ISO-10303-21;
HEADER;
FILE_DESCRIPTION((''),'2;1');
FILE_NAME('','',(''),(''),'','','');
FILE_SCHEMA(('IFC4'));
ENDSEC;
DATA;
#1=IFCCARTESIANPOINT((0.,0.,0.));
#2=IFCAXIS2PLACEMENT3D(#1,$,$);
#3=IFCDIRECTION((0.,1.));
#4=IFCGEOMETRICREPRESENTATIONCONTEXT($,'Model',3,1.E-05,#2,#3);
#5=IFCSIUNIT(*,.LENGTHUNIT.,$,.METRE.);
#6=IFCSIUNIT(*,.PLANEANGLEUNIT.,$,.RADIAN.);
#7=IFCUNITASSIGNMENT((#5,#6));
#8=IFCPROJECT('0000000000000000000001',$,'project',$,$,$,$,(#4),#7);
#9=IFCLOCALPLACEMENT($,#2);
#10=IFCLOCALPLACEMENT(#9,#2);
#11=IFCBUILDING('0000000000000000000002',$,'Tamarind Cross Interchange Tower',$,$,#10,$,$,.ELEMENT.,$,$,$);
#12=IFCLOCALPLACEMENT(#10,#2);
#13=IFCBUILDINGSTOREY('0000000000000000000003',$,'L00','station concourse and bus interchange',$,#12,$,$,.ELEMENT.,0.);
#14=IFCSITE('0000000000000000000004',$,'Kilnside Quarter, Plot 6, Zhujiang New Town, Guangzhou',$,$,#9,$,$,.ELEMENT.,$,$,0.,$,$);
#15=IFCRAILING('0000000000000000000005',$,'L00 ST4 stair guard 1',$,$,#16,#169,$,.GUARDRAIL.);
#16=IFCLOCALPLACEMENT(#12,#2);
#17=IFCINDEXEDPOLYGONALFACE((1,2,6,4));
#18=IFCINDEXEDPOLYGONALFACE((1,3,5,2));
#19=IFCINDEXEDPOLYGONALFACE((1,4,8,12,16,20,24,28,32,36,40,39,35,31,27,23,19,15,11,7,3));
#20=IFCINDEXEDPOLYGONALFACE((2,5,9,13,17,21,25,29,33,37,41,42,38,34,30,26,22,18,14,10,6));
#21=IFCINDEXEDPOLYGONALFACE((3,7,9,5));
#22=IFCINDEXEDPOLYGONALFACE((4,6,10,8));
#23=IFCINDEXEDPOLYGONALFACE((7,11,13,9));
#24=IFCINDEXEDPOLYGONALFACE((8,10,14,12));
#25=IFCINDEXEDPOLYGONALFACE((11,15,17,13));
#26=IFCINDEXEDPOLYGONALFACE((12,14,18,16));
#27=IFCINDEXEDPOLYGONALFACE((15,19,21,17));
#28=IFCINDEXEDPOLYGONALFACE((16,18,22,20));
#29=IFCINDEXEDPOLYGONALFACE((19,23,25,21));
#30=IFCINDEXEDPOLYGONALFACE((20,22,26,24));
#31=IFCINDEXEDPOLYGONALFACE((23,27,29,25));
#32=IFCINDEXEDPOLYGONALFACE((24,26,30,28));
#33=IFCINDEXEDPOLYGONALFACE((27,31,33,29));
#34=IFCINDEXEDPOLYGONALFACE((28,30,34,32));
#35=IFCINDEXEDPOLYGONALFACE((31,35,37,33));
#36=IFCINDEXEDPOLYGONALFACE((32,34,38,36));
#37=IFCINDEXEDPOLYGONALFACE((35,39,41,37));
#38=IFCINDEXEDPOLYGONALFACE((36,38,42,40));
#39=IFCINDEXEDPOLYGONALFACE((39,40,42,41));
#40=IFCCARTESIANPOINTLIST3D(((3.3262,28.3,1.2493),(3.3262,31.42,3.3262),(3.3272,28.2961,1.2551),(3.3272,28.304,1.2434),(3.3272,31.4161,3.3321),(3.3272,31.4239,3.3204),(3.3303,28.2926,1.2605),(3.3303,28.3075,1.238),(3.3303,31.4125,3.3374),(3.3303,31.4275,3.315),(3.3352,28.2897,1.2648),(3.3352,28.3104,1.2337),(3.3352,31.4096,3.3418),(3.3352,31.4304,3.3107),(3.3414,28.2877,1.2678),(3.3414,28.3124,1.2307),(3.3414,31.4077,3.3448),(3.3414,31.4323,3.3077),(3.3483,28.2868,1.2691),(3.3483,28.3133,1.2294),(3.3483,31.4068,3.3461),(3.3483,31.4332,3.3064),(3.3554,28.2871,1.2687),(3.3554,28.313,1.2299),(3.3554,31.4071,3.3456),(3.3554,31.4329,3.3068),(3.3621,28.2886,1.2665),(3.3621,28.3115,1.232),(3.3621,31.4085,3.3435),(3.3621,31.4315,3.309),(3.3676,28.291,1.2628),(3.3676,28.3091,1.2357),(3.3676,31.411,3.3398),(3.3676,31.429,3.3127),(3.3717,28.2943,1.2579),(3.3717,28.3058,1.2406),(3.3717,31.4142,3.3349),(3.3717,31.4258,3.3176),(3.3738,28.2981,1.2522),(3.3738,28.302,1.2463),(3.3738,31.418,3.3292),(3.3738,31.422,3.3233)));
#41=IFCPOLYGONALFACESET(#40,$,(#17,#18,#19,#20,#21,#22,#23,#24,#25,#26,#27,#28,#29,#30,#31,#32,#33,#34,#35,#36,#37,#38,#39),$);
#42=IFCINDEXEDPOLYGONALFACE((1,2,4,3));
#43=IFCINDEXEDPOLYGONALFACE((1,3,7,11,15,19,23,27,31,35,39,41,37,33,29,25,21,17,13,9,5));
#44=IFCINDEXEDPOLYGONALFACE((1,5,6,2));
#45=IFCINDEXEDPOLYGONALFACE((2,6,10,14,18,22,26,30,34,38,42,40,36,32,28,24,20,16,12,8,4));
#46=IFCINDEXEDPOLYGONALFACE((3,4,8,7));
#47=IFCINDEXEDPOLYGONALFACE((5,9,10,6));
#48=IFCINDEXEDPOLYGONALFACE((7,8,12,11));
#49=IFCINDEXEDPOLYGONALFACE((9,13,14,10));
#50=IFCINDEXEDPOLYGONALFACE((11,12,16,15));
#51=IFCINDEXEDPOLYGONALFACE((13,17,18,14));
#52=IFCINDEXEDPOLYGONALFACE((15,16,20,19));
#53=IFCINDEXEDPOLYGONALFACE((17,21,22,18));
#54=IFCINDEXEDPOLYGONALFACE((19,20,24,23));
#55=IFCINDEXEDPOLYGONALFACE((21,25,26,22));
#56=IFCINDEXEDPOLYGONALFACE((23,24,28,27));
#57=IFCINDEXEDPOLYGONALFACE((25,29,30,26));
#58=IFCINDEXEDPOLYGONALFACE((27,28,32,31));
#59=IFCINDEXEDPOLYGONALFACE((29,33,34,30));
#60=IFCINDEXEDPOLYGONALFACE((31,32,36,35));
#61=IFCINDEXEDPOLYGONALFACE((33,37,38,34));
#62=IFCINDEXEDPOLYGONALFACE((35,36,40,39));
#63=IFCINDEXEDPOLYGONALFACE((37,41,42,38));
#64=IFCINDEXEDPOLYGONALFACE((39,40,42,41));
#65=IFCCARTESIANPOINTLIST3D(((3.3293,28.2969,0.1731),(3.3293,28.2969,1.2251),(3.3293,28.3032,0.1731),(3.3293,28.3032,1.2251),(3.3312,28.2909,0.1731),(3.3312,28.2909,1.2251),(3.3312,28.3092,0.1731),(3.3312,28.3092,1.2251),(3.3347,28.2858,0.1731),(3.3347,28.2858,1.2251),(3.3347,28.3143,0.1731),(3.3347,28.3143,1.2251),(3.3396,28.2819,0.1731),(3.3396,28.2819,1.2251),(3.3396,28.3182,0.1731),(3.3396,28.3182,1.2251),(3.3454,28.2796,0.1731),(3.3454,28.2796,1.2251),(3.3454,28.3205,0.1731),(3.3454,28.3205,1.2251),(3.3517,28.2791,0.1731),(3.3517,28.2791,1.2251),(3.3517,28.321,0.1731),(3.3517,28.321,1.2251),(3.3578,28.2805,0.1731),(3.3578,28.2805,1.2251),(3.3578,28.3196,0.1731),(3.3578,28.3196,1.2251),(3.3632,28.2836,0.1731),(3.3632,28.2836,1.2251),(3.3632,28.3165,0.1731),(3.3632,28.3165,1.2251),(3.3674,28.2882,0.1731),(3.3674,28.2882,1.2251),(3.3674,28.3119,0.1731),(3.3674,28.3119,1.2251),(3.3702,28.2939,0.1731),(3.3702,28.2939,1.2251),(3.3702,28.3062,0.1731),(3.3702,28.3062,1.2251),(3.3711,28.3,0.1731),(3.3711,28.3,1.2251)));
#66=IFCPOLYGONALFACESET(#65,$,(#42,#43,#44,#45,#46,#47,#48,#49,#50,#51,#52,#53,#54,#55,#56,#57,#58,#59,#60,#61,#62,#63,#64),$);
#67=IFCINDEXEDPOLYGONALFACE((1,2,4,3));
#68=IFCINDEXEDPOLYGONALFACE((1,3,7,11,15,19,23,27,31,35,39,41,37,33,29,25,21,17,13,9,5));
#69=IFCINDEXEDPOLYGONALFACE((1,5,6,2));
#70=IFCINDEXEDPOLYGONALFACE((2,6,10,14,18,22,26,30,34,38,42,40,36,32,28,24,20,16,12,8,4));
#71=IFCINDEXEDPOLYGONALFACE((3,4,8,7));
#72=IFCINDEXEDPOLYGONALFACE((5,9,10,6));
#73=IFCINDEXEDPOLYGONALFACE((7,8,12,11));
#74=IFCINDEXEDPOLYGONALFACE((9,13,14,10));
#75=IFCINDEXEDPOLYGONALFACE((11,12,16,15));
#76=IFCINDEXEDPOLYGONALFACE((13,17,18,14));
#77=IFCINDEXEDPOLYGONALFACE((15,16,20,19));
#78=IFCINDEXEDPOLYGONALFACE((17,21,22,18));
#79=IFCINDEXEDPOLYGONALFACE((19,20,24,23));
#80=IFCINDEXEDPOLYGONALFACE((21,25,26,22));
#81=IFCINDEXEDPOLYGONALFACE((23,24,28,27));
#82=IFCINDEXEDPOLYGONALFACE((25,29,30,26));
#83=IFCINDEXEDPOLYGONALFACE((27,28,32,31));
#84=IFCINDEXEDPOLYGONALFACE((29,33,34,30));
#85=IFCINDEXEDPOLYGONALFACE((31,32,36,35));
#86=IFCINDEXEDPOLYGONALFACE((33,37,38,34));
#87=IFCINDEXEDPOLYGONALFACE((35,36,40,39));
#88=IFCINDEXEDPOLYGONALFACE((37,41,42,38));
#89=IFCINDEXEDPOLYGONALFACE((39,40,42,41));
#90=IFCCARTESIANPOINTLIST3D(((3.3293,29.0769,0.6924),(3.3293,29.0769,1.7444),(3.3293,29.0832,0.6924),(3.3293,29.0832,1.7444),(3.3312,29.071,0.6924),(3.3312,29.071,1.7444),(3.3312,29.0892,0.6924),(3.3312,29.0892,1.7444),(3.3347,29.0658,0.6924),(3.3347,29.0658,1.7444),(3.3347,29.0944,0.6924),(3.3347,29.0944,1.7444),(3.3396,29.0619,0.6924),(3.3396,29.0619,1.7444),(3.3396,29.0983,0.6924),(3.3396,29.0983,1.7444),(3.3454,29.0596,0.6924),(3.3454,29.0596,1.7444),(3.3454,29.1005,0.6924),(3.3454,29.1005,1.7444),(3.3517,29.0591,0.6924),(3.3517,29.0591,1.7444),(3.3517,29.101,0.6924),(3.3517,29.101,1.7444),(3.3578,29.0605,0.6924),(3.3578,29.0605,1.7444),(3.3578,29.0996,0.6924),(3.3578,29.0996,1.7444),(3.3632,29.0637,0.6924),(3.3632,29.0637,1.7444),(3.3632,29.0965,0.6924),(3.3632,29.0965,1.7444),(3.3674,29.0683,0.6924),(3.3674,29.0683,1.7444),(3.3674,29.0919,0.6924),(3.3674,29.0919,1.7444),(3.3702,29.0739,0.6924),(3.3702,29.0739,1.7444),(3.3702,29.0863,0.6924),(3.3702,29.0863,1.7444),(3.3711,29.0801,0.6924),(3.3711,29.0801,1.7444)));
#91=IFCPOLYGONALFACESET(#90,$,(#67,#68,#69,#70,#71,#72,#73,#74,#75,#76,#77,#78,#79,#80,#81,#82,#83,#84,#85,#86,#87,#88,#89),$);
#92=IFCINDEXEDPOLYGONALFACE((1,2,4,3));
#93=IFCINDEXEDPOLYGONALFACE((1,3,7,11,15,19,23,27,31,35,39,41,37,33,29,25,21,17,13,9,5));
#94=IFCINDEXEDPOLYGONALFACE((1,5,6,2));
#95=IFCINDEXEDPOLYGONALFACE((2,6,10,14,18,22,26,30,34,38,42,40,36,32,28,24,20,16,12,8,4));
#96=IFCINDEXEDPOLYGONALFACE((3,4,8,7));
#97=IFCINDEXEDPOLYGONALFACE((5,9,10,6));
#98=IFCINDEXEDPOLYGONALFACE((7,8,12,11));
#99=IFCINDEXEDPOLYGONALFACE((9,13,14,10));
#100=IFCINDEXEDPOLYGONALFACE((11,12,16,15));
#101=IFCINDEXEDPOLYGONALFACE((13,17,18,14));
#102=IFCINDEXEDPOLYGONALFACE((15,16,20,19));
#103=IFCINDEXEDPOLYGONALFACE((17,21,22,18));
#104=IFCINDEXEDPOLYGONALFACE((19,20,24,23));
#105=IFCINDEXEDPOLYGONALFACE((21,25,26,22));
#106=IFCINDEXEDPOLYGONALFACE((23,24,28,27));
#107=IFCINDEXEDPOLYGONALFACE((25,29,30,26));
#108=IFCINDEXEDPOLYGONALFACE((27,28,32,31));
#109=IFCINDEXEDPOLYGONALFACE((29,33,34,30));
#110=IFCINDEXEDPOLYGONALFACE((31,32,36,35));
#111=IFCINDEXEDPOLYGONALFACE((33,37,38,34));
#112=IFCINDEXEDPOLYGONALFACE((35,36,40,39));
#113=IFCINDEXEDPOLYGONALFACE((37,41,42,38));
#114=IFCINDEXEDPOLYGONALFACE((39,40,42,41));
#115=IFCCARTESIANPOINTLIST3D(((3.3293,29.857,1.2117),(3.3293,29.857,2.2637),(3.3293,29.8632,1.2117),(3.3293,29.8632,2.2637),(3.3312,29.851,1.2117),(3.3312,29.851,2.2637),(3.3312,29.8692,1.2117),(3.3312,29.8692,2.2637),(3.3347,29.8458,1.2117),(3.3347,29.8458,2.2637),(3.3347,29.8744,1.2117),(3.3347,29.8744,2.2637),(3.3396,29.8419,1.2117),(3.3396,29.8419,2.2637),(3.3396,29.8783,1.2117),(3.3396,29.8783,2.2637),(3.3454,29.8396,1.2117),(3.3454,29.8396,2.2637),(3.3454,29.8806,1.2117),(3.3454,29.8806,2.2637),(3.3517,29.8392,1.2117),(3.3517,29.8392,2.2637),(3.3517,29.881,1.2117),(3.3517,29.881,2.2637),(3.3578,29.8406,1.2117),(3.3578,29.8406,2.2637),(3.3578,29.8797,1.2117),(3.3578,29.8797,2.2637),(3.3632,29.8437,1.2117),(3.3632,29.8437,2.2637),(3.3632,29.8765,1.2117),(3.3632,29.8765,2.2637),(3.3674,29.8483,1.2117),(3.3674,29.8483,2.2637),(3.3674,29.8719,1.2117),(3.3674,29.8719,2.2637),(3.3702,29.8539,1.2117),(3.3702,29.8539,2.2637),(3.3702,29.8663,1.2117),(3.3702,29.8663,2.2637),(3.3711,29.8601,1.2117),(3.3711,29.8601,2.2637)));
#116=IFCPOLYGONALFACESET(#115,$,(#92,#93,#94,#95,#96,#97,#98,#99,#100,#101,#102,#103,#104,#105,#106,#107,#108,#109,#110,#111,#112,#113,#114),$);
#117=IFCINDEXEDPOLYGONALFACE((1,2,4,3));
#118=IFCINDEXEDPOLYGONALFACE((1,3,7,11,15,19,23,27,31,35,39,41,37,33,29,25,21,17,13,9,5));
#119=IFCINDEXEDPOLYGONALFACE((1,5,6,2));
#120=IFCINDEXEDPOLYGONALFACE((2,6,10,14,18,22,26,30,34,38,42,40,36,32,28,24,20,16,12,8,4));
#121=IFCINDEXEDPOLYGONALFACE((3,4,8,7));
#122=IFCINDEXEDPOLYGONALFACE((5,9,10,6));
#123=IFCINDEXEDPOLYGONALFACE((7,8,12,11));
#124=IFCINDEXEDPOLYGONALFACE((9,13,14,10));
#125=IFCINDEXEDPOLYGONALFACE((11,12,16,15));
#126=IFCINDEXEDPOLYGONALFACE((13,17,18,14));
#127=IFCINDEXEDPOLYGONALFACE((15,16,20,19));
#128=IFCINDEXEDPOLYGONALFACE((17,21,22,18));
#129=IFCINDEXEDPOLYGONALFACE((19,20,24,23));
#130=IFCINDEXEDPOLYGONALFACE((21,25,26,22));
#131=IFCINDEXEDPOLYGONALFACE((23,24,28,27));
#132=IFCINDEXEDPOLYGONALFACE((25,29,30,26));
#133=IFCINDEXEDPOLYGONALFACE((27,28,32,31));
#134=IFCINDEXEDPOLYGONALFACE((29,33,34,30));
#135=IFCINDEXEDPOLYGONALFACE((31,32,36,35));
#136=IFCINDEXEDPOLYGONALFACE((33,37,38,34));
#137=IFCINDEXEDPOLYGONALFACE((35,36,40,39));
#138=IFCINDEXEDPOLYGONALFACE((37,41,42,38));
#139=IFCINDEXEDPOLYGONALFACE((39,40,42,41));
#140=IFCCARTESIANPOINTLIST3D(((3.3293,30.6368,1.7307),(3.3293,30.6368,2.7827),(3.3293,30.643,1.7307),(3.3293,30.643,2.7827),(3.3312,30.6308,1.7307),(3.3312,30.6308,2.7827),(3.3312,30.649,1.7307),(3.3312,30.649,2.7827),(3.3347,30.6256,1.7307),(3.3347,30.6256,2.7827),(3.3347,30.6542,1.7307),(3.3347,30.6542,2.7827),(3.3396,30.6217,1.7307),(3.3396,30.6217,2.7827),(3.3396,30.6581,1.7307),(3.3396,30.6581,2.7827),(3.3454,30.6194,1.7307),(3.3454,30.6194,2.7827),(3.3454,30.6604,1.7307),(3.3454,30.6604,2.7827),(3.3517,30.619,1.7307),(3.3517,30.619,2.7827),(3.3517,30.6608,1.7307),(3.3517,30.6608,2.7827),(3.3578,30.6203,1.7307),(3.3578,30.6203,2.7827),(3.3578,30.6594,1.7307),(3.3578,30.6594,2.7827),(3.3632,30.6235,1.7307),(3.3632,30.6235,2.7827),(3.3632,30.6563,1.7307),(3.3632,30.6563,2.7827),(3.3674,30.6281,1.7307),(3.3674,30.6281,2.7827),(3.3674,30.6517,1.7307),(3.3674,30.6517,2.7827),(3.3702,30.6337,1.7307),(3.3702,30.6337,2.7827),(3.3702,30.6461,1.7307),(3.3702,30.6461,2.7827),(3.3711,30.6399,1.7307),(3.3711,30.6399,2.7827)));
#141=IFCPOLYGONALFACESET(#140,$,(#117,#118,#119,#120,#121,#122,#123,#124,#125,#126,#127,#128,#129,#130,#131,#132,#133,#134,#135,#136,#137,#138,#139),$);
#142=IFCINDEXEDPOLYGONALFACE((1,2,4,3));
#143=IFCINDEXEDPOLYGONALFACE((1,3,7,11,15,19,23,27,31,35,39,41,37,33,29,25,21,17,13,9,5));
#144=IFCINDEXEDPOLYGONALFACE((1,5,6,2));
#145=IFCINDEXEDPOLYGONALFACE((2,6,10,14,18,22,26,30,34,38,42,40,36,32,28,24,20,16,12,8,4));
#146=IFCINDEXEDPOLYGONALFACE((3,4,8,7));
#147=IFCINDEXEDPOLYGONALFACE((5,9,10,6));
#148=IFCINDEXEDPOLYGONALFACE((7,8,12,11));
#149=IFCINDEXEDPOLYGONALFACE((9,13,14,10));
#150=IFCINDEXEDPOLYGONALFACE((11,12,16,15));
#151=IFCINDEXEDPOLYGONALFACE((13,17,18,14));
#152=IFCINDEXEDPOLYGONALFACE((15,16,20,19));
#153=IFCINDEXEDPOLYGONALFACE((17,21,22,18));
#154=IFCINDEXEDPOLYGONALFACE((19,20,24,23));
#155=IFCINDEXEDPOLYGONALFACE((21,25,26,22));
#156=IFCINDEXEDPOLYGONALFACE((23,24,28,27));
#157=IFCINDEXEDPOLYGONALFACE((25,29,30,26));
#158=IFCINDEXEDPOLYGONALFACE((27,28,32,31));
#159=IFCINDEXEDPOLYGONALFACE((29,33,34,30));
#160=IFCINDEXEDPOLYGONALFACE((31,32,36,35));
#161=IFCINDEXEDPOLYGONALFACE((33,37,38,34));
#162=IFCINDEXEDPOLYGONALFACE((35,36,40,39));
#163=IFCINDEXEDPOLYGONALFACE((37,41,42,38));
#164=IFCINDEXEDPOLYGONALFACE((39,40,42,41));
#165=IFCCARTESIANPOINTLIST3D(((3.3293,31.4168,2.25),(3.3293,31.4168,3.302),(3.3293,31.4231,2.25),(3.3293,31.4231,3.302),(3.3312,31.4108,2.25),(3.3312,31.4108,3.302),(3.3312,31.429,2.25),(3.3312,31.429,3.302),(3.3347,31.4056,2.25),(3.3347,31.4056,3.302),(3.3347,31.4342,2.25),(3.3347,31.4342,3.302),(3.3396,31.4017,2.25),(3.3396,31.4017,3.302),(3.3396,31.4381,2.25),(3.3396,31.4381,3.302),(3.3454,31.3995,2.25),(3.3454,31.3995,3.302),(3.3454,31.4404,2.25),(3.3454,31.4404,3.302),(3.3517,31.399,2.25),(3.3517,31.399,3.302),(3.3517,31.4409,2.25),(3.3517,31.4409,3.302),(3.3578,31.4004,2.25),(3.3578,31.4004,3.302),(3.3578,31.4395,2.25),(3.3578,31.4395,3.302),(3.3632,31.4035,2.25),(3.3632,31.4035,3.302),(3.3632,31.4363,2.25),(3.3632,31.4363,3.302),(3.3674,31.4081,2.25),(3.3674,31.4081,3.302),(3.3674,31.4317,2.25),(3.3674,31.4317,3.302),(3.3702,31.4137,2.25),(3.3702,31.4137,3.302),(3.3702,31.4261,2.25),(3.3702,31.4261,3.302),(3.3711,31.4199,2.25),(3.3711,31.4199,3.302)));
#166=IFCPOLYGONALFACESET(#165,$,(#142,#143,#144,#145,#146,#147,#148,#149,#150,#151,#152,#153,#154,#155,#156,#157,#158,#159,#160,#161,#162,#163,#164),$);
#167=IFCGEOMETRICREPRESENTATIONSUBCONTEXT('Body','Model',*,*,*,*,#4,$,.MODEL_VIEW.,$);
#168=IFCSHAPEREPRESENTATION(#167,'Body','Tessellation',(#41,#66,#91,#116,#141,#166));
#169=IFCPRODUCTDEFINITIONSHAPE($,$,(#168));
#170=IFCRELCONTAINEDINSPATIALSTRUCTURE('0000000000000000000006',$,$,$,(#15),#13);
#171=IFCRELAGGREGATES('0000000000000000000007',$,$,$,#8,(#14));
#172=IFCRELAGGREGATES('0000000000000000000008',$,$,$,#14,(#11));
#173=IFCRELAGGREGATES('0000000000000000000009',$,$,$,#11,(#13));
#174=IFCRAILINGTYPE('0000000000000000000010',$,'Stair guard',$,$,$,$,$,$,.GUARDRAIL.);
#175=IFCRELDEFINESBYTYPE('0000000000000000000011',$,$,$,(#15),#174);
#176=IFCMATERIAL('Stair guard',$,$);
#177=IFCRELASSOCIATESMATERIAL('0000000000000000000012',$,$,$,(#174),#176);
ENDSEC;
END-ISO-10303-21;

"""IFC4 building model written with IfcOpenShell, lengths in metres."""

from ifc_helpers import new_model, si_unit, direction, frame, origin, origin_2d, place, context, subcontext, project, spatial, circle, extrude, material, type_object, element, save


model = new_model("IFC4")

# Units and contexts
model_context = context("Model", 3, precision=1e-05, world=origin(), true_north=direction((0.0, 1.0)))
body_context = subcontext(model_context, "Body", "Model", "MODEL_VIEW")
ifc_project = project(units=[si_unit("LENGTHUNIT", "METRE"), si_unit("PLANEANGLEUNIT", "RADIAN")], contexts=[model_context])

# Site, building, storey
site_placement = place(None, origin())
site = spatial("IfcSite", under=ifc_project, at=site_placement, Name="Kilnside Quarter, Plot 6, Zhujiang New Town, Guangzhou", CompositionType="ELEMENT", RefElevation=0.0)
building_placement = place(site_placement, origin())
building = spatial("IfcBuilding", under=site, at=building_placement, Name="Tamarind Cross Interchange Tower", CompositionType="ELEMENT")
storey_placement = place(building_placement, origin())
storey = spatial("IfcBuildingStorey", under=building, at=storey_placement, Name="L00", Description="station concourse and bus interchange", CompositionType="ELEMENT", Elevation=0.0)

# Railing
ifc_material_1 = material(Name="Stair guard")
railing_type_1 = type_object("IfcRailingType", Name="Stair guard", PredefinedType="GUARDRAIL", material=ifc_material_1)
railing_1_placement = place(storey_placement, frame((3.3501, 28.3, 0.1731)))
element("IfcRailing", 1, at=railing_1_placement, inside=storey, type_object=railing_type_1, Name="L00 ST4 stair guard 1", PredefinedType="GUARDRAIL", context=body_context, shape_type="SweptSolid", body=[
    extrude(circle(Radius=0.0239, at=origin_2d()), frame((0.0, 0.0, 1.0762), z_axis=(0.0, 0.832421, 0.554144), x_axis=(-1.0, 0.0, 0.0)), (0.0, 0.0, 1.0), 3.748),
    extrude(circle(Radius=0.021, at=origin_2d()), origin(), (0.0, 0.0, 1.0), 1.052),
    extrude(circle(Radius=0.021, at=origin_2d()), frame((0.0, 0.78, 0.5193)), (0.0, 0.0, 1.0), 1.052),
    extrude(circle(Radius=0.021, at=origin_2d()), frame((0.0, 1.5601, 1.0386)), (0.0, 0.0, 1.0), 1.052),
    extrude(circle(Radius=0.021, at=origin_2d()), frame((0.0, 2.3398, 1.5576)), (0.0, 0.0, 1.0), 1.052),
    extrude(circle(Radius=0.021, at=origin_2d()), frame((0.0, 3.1199, 2.0769)), (0.0, 0.0, 1.0), 1.052),
])

save(model, "model.ifc")
